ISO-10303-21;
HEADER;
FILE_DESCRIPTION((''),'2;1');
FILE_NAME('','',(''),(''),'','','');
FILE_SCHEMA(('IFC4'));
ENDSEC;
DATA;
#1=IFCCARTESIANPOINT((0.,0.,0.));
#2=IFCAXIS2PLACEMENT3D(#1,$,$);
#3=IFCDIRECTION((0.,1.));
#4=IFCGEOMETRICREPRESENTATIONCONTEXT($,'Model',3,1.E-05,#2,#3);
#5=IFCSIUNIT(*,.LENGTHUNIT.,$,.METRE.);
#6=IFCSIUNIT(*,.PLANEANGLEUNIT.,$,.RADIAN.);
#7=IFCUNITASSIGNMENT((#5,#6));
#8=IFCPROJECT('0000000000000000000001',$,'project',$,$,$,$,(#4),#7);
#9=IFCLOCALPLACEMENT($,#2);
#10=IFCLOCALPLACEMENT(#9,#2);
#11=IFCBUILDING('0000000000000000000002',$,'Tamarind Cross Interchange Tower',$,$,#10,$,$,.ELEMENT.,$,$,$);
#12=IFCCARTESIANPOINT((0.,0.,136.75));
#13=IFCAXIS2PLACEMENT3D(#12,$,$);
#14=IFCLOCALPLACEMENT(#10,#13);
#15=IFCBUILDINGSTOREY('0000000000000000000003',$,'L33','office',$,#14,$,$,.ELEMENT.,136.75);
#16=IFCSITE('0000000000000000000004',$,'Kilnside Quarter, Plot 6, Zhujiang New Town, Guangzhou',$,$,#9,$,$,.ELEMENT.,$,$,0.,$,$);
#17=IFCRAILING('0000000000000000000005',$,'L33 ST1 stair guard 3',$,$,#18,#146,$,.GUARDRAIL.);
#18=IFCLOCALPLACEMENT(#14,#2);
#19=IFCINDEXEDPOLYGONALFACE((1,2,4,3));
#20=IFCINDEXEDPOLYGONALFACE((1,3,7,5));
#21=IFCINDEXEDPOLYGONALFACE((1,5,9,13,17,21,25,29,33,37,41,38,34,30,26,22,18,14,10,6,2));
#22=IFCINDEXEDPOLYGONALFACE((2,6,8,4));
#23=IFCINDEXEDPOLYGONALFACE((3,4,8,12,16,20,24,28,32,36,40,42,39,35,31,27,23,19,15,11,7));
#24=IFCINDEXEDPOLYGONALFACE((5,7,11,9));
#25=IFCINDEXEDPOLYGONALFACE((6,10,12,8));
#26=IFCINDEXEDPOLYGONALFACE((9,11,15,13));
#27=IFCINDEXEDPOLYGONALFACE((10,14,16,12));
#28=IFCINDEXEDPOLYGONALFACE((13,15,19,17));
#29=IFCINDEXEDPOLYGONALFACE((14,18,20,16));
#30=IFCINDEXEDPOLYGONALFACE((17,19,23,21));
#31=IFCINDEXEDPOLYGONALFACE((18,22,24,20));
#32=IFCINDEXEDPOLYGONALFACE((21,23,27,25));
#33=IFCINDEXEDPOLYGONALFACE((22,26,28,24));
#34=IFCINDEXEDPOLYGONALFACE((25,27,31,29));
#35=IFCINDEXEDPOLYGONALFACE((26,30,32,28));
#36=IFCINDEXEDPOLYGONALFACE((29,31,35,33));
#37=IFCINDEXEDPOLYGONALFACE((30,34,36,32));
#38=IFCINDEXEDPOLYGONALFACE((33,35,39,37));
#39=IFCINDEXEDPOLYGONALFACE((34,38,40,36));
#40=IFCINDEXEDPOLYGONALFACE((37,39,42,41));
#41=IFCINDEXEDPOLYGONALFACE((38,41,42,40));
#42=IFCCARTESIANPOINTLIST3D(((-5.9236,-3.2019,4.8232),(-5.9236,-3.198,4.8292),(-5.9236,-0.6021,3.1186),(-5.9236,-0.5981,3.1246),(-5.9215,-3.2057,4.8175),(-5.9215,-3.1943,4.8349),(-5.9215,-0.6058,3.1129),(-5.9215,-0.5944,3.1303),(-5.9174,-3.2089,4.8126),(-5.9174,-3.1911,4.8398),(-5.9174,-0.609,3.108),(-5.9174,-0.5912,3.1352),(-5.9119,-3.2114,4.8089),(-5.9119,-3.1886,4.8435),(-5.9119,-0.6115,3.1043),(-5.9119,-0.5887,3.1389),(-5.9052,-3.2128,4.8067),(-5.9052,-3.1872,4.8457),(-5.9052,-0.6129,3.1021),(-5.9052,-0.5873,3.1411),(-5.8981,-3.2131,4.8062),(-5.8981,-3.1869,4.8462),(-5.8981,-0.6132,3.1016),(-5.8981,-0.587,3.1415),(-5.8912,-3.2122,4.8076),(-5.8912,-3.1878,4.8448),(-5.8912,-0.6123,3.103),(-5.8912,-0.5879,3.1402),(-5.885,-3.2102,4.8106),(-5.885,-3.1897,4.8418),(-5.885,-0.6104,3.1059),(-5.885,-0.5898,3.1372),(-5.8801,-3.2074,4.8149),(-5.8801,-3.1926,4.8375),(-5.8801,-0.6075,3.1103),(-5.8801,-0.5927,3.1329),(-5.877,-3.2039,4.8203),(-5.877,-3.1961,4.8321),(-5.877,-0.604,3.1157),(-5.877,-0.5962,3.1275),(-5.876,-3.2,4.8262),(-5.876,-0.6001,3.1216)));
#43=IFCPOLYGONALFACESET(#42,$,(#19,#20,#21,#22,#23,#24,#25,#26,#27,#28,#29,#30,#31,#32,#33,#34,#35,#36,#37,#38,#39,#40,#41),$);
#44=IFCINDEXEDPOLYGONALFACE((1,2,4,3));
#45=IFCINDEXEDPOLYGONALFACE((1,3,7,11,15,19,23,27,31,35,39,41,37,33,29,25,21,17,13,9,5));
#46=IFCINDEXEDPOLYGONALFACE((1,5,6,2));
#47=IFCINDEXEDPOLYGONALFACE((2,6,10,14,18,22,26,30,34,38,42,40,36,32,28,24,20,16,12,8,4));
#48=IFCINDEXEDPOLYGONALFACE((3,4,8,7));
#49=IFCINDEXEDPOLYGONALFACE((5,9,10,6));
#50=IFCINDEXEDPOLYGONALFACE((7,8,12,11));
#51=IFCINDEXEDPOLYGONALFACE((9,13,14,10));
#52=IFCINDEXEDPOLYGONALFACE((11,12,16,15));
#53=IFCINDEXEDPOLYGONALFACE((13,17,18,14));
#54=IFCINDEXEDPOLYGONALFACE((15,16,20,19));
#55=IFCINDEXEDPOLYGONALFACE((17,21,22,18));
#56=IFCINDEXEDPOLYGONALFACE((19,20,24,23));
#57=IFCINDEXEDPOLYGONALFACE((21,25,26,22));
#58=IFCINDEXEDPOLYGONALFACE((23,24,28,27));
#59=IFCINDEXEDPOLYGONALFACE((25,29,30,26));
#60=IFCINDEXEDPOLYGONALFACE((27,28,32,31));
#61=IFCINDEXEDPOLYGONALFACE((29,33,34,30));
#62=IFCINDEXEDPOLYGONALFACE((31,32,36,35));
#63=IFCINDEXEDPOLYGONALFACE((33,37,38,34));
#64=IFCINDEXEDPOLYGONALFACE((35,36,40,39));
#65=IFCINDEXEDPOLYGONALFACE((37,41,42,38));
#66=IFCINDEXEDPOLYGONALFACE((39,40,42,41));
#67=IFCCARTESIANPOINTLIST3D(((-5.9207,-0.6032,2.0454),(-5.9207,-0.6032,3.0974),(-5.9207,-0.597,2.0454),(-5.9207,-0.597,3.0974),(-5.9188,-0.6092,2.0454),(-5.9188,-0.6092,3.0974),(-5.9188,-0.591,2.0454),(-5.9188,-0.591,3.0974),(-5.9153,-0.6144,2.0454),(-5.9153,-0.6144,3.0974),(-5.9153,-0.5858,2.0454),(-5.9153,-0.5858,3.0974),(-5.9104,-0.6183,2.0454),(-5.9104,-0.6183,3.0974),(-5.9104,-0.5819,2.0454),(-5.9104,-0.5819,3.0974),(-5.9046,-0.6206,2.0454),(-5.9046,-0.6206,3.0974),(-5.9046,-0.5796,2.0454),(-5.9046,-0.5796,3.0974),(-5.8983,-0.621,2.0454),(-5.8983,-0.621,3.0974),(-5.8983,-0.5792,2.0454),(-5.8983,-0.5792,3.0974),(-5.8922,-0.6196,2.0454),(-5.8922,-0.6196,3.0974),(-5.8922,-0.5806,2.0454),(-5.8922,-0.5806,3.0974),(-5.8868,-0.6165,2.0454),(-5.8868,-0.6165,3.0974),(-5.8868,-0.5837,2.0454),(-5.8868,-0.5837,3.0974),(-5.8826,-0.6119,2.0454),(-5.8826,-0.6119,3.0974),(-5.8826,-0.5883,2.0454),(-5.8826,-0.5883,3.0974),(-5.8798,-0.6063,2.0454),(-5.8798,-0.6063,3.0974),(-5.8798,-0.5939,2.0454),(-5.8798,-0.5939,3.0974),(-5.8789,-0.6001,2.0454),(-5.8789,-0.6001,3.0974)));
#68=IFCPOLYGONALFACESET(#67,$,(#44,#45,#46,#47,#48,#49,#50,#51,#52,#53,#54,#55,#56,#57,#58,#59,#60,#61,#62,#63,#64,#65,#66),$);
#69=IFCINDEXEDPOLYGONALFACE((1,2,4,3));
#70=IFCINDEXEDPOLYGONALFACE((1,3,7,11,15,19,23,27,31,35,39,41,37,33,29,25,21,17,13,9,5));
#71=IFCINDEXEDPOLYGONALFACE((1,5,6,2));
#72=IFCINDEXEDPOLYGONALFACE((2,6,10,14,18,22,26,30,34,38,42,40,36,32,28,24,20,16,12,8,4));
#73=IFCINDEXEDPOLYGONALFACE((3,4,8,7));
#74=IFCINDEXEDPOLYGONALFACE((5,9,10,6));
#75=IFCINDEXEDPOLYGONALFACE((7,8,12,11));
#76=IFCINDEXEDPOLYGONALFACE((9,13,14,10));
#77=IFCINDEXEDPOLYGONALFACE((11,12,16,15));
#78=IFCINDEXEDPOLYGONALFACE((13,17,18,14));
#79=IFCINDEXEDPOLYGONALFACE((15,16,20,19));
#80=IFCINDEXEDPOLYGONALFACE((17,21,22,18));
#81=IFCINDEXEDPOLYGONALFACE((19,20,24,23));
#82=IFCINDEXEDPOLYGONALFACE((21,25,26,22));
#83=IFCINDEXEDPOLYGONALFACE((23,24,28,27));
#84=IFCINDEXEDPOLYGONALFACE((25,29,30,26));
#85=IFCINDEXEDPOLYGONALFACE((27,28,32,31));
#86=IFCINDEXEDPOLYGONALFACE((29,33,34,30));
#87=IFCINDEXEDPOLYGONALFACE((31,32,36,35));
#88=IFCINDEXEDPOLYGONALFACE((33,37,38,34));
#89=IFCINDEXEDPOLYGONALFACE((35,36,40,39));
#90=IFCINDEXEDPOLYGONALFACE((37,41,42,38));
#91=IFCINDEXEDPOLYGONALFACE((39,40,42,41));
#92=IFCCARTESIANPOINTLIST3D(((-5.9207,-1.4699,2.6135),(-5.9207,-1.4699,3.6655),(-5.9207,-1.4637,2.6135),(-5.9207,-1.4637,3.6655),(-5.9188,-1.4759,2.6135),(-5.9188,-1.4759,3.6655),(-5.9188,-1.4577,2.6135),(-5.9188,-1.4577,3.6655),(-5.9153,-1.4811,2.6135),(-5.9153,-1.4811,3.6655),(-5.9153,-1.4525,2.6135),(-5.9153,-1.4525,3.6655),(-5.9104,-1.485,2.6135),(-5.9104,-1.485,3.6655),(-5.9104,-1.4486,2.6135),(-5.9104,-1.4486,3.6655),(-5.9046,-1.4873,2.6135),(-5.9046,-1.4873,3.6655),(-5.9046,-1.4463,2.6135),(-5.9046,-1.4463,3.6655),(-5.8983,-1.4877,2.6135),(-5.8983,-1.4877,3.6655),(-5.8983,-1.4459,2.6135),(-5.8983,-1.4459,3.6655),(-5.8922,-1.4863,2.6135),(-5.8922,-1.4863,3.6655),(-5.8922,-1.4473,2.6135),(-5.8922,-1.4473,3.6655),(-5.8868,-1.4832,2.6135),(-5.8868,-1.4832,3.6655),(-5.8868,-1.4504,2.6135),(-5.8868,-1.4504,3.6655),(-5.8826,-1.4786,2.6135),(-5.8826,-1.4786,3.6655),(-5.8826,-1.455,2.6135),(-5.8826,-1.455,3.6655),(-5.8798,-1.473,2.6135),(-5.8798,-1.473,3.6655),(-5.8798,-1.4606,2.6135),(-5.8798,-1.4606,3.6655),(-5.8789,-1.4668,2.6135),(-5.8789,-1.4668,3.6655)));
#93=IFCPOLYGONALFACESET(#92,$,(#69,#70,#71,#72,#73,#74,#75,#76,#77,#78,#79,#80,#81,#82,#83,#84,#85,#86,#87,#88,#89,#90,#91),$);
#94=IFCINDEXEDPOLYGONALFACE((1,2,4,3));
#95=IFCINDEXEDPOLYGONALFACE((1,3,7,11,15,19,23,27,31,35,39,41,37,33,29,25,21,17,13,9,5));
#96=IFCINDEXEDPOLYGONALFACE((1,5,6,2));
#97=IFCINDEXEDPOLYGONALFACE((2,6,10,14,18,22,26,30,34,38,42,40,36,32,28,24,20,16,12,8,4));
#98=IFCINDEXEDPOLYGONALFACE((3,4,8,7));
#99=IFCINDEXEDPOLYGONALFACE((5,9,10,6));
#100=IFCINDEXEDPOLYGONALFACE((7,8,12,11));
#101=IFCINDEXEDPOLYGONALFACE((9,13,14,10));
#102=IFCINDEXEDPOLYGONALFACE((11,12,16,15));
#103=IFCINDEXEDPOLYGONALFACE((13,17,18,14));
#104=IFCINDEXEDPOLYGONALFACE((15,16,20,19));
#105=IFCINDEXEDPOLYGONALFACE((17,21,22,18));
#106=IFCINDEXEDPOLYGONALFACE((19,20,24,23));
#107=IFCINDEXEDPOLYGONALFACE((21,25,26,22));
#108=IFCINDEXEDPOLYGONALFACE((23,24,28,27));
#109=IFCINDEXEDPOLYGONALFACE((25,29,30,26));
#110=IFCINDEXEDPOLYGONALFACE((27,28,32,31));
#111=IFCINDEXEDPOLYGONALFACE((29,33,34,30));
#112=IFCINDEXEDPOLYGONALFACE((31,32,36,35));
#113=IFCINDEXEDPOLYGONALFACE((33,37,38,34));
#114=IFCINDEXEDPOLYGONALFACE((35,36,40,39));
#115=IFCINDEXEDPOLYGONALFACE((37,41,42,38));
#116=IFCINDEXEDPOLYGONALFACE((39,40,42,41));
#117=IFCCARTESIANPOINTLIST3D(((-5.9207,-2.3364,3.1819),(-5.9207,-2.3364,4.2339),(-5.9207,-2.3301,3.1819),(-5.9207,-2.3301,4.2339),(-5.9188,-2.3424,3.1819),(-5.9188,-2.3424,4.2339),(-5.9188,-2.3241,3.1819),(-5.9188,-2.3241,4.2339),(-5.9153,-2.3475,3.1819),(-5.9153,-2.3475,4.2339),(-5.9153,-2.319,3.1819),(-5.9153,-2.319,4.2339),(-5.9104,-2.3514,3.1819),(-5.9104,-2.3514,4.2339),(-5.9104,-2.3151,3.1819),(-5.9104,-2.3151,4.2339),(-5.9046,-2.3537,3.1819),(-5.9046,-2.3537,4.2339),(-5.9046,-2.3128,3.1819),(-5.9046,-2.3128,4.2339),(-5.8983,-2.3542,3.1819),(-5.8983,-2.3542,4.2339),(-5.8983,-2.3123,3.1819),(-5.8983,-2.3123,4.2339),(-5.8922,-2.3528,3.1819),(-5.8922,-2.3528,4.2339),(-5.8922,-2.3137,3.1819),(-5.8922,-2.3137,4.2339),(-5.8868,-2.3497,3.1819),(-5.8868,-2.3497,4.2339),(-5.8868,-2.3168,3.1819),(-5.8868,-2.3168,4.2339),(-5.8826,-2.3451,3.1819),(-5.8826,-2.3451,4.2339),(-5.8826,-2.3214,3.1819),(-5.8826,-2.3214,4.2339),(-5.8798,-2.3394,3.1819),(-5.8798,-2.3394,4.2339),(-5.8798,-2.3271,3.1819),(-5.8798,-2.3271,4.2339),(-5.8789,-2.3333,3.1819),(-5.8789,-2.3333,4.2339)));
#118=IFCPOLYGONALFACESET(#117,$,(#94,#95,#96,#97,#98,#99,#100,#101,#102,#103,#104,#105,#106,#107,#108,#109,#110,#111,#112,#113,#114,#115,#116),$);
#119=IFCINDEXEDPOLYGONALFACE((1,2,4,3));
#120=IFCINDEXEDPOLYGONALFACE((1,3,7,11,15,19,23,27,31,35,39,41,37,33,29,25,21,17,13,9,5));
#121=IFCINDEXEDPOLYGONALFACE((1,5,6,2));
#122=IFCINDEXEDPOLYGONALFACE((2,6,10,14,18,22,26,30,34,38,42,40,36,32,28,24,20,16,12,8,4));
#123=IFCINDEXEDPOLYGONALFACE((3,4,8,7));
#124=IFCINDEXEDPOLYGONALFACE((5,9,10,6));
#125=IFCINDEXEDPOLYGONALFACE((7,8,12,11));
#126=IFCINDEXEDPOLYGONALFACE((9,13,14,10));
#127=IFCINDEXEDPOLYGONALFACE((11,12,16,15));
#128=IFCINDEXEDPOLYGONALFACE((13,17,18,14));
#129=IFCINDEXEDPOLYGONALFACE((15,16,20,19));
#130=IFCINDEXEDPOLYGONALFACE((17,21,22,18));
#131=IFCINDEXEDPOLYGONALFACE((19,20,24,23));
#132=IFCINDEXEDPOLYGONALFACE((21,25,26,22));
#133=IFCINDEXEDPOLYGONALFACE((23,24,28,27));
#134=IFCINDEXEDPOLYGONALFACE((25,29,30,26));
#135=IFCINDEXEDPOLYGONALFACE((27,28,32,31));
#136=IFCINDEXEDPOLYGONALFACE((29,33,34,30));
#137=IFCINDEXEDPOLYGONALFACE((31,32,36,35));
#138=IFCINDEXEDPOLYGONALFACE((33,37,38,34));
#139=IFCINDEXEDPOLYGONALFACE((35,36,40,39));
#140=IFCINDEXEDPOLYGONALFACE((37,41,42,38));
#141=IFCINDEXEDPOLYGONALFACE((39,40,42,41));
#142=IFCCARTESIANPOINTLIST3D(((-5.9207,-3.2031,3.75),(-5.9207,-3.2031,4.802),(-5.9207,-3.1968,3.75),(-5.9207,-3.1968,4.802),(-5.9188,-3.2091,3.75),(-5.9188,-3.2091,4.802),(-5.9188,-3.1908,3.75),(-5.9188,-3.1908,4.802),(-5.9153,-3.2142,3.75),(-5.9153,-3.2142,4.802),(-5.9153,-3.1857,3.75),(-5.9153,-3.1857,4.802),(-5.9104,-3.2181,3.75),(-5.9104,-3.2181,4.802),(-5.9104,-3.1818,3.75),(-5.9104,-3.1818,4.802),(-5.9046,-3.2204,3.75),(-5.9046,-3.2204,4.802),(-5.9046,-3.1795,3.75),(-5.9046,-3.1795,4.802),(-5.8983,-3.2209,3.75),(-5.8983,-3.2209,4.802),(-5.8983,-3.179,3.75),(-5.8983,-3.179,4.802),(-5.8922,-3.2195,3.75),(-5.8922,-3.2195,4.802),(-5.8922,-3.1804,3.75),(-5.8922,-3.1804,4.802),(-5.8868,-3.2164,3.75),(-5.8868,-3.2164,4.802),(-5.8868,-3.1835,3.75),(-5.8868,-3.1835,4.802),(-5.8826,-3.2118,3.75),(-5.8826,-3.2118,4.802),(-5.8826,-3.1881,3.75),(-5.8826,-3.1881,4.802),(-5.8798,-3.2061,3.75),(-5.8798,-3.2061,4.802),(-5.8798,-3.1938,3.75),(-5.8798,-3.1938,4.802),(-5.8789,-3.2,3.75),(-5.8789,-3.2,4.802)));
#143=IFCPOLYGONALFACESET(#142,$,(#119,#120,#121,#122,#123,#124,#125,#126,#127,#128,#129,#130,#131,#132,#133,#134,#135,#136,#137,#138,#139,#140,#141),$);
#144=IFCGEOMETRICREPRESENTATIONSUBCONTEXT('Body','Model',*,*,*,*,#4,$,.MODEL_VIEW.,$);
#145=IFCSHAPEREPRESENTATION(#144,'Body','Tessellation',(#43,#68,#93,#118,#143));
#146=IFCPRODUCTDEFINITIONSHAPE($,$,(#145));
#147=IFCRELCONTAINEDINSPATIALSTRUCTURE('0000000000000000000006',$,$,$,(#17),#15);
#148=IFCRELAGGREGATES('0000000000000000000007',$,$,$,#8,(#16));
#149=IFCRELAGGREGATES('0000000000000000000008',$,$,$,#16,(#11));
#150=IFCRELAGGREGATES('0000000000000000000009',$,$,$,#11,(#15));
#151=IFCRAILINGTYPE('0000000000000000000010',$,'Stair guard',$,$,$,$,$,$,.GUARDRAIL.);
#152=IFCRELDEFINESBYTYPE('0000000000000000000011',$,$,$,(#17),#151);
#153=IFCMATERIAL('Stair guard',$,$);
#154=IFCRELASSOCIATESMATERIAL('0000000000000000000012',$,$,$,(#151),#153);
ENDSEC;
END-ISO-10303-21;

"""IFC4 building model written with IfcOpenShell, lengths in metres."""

from ifc_helpers import new_model, si_unit, direction, frame, origin, origin_2d, place, context, subcontext, project, spatial, circle, extrude, material, type_object, element, save


model = new_model("IFC4")

# Units and contexts
model_context = context("Model", 3, precision=1e-05, world=origin(), true_north=direction((0.0, 1.0)))
body_context = subcontext(model_context, "Body", "Model", "MODEL_VIEW")
ifc_project = project(units=[si_unit("LENGTHUNIT", "METRE"), si_unit("PLANEANGLEUNIT", "RADIAN")], contexts=[model_context])

# Site, building, storey
site_placement = place(None, origin())
site = spatial("IfcSite", under=ifc_project, at=site_placement, Name="Kilnside Quarter, Plot 6, Zhujiang New Town, Guangzhou", CompositionType="ELEMENT", RefElevation=0.0)
building_placement = place(site_placement, origin())
building = spatial("IfcBuilding", under=site, at=building_placement, Name="Tamarind Cross Interchange Tower", CompositionType="ELEMENT")
storey_placement = place(building_placement, frame((0.0, 0.0, 136.75)))
storey = spatial("IfcBuildingStorey", under=building, at=storey_placement, Name="L33", Description="office", CompositionType="ELEMENT", Elevation=136.75)

# Railing
ifc_material_1 = material(Name="Stair guard")
railing_type_1 = type_object("IfcRailingType", Name="Stair guard", PredefinedType="GUARDRAIL", material=ifc_material_1)
railing_1_placement = place(storey_placement, frame((-5.8999, -0.6001, 2.0454)))
element("IfcRailing", 1, at=railing_1_placement, inside=storey, type_object=railing_type_1, Name="L33 ST1 stair guard 3", PredefinedType="GUARDRAIL", context=body_context, shape_type="SweptSolid", body=[
    extrude(circle(Radius=0.0239, at=origin_2d()), frame((0.0, 0.0, 1.0762), z_axis=(0.0, -0.836279, 0.548305), x_axis=(1.0, 0.0, 0.0)), (0.0, 0.0, 1.0), 3.1089),
    extrude(circle(Radius=0.021, at=origin_2d()), origin(), (0.0, 0.0, 1.0), 1.052),
    extrude(circle(Radius=0.021, at=origin_2d()), frame((0.0, -0.8667, 0.5681)), (0.0, 0.0, 1.0), 1.052),
    extrude(circle(Radius=0.021, at=origin_2d()), frame((0.0, -1.7332, 1.1365)), (0.0, 0.0, 1.0), 1.052),
    extrude(circle(Radius=0.021, at=origin_2d()), frame((0.0, -2.5999, 1.7046)), (0.0, 0.0, 1.0), 1.052),
])

save(model, "model.ifc")
